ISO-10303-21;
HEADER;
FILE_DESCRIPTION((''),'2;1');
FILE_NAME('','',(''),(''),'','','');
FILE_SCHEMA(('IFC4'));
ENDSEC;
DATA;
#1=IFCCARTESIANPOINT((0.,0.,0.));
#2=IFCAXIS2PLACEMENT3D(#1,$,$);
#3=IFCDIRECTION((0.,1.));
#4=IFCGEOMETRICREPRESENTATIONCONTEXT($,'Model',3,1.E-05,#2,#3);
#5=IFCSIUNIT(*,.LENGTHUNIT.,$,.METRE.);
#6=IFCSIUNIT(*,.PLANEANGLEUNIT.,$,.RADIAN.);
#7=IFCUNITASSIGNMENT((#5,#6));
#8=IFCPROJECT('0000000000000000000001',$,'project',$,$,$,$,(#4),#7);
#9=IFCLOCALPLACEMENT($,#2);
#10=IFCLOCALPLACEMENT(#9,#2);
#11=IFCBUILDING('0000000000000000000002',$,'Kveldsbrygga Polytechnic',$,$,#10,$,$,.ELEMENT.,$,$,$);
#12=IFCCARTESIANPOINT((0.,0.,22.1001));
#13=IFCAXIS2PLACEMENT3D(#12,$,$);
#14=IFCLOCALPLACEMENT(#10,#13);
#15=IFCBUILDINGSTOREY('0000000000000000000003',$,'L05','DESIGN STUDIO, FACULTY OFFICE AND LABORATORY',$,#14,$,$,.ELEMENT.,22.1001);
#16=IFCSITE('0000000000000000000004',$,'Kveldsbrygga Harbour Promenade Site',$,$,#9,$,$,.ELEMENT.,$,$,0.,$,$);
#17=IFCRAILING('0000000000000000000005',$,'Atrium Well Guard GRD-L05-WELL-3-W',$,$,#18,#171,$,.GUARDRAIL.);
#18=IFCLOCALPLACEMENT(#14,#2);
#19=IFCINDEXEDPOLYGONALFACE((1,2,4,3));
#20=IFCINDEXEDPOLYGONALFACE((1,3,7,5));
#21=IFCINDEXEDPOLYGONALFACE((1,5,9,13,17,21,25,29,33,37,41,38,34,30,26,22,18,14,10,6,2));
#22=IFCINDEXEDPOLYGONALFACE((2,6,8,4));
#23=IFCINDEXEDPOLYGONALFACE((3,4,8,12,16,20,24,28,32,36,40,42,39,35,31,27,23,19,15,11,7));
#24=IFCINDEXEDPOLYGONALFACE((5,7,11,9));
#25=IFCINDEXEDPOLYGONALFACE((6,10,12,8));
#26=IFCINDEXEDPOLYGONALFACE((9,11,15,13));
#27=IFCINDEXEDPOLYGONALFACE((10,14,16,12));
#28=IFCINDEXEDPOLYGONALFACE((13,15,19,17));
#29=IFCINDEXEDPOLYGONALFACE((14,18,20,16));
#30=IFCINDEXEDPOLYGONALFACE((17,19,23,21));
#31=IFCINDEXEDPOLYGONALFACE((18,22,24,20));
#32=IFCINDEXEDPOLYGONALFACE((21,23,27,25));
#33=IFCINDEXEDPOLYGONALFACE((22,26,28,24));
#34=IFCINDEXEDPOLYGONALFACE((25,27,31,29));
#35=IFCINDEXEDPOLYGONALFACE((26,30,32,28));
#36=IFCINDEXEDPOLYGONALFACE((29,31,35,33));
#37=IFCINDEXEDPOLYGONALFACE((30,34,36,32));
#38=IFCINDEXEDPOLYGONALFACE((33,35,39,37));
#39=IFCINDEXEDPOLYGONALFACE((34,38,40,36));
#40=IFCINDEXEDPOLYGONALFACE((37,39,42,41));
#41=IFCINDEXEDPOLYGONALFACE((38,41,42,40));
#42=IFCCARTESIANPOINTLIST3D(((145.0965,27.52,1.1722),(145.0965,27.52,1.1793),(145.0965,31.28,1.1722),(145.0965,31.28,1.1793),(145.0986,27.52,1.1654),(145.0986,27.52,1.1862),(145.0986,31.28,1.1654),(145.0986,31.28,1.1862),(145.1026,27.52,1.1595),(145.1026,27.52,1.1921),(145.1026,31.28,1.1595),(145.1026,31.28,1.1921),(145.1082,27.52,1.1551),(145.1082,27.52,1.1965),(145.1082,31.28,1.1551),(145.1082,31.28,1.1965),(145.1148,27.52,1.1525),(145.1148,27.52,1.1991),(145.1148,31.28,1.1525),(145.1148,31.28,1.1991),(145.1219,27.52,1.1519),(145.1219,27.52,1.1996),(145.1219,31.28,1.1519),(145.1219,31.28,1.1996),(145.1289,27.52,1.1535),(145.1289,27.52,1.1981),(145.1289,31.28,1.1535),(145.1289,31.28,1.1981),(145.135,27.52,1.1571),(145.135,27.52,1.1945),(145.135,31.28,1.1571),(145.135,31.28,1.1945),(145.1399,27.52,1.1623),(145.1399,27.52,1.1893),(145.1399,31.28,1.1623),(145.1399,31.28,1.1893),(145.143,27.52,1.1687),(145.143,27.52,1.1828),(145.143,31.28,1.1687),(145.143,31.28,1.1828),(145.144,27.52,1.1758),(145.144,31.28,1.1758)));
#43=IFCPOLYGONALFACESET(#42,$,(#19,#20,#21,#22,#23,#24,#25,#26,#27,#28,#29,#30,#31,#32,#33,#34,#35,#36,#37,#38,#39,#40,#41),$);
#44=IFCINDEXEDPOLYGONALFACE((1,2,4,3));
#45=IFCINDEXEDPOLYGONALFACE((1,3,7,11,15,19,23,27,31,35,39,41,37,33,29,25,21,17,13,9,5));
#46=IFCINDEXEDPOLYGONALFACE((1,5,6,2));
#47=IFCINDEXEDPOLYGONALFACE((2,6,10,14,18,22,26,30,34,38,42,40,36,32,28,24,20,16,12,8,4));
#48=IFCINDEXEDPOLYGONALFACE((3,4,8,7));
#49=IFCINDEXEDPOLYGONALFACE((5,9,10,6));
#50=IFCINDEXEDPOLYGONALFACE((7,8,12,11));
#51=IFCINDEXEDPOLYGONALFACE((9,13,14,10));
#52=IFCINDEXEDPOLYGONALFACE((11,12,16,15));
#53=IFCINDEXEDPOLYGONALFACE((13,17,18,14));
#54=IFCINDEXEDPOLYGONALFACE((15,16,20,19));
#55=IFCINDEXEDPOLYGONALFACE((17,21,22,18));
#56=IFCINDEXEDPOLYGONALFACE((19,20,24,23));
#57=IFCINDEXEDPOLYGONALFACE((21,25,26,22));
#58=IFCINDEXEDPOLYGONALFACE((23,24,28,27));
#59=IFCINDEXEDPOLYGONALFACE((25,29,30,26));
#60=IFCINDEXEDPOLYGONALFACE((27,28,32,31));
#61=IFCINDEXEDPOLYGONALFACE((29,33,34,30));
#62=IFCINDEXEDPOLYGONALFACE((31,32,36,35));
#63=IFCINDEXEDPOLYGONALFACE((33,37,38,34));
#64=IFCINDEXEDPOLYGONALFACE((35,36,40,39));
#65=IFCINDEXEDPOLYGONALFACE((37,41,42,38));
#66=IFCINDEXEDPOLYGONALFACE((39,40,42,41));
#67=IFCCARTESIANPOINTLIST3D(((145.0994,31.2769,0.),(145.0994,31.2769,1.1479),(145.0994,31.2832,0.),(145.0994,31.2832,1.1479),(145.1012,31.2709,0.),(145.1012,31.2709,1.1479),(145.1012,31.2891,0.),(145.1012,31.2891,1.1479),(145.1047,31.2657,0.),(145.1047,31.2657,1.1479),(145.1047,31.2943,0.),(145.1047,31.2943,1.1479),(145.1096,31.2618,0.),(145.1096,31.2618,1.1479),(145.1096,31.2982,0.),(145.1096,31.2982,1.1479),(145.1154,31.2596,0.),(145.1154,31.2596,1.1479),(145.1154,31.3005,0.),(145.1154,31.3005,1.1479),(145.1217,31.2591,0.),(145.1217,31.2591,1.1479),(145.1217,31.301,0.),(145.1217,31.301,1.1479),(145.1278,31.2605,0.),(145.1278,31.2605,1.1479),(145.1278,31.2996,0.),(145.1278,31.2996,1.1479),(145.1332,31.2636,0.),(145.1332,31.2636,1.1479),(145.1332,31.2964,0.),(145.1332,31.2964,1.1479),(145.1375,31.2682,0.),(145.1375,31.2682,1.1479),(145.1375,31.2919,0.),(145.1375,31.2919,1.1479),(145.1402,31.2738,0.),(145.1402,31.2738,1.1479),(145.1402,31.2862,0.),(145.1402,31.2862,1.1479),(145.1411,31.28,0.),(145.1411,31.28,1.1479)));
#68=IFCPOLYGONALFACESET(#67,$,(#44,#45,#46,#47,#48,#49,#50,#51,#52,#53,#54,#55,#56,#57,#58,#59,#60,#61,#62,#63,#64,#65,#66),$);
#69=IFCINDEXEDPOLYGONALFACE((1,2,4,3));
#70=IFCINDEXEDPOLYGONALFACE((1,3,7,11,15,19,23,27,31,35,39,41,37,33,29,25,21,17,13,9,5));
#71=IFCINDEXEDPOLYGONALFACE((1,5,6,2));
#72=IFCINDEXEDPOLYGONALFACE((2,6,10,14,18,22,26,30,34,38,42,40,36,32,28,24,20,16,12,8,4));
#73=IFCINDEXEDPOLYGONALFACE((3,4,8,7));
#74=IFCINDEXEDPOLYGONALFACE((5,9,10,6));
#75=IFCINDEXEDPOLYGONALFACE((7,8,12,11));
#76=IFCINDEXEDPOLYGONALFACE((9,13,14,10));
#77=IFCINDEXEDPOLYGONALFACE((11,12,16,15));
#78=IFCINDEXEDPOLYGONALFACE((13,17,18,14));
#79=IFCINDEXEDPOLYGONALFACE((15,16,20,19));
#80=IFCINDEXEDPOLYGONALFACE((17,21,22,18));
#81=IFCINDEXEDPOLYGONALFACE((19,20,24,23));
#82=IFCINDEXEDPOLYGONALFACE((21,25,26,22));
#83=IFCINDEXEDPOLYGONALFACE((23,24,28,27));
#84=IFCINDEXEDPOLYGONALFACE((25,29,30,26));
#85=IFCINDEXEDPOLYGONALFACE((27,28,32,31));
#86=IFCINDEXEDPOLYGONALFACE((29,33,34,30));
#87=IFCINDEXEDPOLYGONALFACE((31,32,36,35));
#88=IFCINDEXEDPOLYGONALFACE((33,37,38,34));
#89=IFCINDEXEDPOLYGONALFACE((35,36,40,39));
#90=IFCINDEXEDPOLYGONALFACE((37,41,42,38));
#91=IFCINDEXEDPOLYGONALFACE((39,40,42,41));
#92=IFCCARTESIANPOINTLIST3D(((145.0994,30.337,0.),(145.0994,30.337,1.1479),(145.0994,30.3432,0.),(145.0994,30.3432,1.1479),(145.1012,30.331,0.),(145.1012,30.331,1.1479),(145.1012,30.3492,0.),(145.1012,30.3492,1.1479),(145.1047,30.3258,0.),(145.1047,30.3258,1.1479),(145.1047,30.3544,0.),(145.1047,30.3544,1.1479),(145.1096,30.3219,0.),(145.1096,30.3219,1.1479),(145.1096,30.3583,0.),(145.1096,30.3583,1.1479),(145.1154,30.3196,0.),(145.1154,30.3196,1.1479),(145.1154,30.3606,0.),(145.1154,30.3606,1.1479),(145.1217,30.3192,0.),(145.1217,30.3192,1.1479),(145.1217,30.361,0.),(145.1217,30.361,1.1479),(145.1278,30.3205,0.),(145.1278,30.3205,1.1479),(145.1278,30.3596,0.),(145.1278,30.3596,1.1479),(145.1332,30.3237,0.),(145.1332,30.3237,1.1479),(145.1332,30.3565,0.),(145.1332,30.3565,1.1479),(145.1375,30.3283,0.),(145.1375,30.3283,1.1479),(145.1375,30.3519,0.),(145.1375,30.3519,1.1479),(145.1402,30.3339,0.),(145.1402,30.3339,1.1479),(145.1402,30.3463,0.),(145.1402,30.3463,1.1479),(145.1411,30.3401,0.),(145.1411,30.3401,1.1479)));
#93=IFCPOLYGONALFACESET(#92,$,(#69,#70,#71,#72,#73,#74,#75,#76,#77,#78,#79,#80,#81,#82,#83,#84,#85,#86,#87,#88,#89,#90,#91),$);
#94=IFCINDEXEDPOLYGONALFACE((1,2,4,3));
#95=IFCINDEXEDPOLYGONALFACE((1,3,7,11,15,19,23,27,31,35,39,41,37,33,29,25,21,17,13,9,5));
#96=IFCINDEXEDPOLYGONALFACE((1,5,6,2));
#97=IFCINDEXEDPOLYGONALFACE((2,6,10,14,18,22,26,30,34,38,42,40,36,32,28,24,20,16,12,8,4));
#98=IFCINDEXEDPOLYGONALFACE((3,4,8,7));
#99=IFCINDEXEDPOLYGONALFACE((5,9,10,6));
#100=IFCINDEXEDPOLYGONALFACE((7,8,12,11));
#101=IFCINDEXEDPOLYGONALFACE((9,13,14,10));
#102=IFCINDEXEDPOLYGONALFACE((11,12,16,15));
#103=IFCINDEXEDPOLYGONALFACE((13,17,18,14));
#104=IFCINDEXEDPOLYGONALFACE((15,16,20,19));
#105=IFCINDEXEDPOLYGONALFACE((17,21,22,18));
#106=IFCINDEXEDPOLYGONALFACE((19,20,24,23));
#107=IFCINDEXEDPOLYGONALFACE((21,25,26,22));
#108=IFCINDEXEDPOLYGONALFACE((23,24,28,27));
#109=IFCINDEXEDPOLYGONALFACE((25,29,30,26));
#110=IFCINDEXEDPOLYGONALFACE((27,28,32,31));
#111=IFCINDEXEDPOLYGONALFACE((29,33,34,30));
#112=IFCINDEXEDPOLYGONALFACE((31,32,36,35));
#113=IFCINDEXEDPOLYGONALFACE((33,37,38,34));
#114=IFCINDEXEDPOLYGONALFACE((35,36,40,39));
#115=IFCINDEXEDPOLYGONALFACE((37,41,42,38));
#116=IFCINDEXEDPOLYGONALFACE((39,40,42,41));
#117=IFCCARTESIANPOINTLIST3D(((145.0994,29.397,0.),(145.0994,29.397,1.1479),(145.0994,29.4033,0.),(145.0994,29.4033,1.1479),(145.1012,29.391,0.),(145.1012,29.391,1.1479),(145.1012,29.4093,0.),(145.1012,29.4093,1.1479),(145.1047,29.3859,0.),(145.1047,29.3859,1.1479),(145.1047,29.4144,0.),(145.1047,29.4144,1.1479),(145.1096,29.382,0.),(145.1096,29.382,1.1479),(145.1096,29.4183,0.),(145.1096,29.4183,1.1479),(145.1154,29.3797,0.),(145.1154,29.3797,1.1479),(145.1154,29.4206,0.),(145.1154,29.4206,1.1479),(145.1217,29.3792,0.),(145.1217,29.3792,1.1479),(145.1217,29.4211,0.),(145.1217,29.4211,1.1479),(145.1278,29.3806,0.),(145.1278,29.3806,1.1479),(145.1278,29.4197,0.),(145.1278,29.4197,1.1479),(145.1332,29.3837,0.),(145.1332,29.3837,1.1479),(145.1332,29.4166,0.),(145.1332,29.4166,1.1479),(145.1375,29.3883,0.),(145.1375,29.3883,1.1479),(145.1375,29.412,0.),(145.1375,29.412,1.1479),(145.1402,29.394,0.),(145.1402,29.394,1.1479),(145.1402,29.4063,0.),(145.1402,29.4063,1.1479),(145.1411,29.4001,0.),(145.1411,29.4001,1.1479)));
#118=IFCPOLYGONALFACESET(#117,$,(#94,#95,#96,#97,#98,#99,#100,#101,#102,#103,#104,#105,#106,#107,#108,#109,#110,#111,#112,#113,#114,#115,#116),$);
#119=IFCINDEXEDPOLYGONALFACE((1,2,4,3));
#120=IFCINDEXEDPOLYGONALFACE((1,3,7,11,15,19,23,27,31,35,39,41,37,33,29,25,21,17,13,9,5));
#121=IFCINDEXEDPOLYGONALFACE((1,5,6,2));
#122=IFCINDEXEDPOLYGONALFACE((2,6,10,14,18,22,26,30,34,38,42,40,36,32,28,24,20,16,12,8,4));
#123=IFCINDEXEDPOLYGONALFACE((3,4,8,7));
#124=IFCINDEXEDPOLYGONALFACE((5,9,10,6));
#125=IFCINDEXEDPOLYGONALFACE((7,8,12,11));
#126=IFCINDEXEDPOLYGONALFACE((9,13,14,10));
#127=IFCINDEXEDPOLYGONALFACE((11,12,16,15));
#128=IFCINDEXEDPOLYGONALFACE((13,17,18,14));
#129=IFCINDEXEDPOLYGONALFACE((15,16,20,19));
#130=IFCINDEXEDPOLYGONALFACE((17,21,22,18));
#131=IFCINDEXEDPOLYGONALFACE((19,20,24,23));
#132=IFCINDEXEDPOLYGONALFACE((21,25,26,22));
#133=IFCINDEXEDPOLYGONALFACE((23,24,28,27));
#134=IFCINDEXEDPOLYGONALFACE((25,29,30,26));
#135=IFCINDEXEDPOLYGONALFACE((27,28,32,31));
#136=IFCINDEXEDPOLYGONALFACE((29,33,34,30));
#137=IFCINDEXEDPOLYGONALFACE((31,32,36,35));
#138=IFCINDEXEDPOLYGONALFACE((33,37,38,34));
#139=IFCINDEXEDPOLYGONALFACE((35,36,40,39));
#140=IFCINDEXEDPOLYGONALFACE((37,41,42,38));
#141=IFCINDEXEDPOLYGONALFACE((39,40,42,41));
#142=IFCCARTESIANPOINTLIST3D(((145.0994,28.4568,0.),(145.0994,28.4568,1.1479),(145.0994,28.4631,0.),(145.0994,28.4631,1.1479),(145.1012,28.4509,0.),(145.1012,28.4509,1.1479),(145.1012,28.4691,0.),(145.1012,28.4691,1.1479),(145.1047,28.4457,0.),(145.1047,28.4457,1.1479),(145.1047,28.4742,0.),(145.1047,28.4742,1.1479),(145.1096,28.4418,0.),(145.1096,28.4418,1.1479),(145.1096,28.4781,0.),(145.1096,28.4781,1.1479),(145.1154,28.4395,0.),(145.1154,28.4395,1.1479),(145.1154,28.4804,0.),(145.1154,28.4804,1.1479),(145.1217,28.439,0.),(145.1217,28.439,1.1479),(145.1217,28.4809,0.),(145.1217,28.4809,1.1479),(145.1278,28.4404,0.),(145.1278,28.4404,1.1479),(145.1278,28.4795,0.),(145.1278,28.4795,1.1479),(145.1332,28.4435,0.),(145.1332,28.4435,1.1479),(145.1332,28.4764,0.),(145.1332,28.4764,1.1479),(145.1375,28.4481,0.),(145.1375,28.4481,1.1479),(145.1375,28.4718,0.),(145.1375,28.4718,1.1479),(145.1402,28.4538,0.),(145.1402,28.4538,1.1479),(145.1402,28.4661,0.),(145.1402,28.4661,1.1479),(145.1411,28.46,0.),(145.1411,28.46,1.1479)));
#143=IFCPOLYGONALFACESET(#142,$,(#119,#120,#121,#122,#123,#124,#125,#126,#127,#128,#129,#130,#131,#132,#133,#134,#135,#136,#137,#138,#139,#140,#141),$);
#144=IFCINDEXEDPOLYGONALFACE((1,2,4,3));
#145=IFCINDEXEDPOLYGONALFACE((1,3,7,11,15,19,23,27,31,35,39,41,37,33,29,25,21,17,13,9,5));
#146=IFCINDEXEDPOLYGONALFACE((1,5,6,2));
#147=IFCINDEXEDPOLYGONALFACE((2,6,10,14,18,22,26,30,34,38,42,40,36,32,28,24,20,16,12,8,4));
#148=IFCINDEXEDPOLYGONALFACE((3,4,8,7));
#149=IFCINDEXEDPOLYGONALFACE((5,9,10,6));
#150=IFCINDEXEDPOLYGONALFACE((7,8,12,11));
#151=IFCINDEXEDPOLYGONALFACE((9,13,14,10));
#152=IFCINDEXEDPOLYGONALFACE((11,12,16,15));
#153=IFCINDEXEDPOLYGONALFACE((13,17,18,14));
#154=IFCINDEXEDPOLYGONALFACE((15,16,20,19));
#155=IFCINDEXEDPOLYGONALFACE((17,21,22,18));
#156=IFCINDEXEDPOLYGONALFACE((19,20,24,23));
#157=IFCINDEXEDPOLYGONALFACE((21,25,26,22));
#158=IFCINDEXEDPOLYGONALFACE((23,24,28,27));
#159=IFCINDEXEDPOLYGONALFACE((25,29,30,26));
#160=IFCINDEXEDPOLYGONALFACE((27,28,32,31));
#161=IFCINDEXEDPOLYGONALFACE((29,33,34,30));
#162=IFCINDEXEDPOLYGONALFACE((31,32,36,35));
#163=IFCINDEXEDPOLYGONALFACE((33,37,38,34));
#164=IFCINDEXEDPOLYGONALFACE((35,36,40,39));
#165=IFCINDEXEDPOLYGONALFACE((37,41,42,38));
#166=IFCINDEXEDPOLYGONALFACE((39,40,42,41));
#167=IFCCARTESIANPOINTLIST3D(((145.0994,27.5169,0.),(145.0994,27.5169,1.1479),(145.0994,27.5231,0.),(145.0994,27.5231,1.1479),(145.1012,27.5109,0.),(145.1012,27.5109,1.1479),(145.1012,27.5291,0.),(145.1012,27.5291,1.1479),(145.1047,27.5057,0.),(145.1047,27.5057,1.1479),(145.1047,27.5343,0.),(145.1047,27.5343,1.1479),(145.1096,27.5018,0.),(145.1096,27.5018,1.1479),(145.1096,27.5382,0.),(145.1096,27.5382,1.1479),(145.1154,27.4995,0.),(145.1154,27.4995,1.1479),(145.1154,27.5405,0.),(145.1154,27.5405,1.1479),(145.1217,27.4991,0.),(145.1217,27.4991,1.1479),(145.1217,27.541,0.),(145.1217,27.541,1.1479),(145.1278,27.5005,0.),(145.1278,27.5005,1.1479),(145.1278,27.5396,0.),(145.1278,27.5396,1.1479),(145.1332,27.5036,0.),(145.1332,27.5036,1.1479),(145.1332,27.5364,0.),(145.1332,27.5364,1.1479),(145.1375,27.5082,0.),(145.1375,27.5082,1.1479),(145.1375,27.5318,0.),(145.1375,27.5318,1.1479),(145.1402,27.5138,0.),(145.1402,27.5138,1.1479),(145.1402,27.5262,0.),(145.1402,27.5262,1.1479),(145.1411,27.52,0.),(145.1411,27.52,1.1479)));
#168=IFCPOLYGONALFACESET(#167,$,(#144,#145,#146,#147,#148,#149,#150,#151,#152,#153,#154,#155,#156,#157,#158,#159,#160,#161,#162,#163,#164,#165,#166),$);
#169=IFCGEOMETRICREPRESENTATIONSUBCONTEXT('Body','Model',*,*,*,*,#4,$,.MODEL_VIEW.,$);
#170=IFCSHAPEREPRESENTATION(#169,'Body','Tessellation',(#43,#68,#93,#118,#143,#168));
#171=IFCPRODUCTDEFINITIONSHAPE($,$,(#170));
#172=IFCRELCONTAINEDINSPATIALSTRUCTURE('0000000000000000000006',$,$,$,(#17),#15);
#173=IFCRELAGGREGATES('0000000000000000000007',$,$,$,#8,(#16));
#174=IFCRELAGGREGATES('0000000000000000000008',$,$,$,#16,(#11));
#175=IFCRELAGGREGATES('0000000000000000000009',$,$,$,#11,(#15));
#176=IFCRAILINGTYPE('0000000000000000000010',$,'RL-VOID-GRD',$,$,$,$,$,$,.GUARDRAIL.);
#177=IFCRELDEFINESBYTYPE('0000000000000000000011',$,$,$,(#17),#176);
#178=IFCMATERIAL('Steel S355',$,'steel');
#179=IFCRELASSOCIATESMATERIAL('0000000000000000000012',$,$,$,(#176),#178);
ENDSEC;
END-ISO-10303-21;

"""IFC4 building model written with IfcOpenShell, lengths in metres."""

from ifc_helpers import new_model, si_unit, direction, frame, origin, origin_2d, place, context, subcontext, project, spatial, circle, extrude, material, type_object, element, save


model = new_model("IFC4")

# Units and contexts
model_context = context("Model", 3, precision=1e-05, world=origin(), true_north=direction((0.0, 1.0)))
body_context = subcontext(model_context, "Body", "Model", "MODEL_VIEW")
ifc_project = project(units=[si_unit("LENGTHUNIT", "METRE"), si_unit("PLANEANGLEUNIT", "RADIAN")], contexts=[model_context])

# Site, building, storey
site_placement = place(None, origin())
site = spatial("IfcSite", under=ifc_project, at=site_placement, Name="Kveldsbrygga Harbour Promenade Site", CompositionType="ELEMENT", RefElevation=0.0)
building_placement = place(site_placement, origin())
building = spatial("IfcBuilding", under=site, at=building_placement, Name="Kveldsbrygga Polytechnic", CompositionType="ELEMENT")
storey_placement = place(building_placement, frame((0.0, 0.0, 22.1001)))
storey = spatial("IfcBuildingStorey", under=building, at=storey_placement, Name="L05", Description="DESIGN STUDIO, FACULTY OFFICE AND LABORATORY", CompositionType="ELEMENT", Elevation=22.1001)

# Shared definitions
ifc_material_1 = material(Name="Steel S355", Category="steel")

# Railing
railing_type = type_object("IfcRailingType", Name="RL-VOID-GRD", PredefinedType="GUARDRAIL", material=ifc_material_1)
railing_1_placement = place(storey_placement, frame((145.1201, 31.28, 0.0)))
element("IfcRailing", 1, at=railing_1_placement, inside=storey, type_object=railing_type, Name="Atrium Well Guard GRD-L05-WELL-3-W", PredefinedType="GUARDRAIL", context=body_context, shape_type="SweptSolid", body=[
    extrude(circle(Radius=0.0239, at=origin_2d()), frame((0.0, 0.0, 1.1758), z_axis=(0.0, -1.0, 0.0), x_axis=(1.0, 0.0, 0.0)), (0.0, 0.0, 1.0), 3.76),
    extrude(circle(Radius=0.021, at=origin_2d()), origin(), (0.0, 0.0, 1.0), 1.1479),
    extrude(circle(Radius=0.021, at=origin_2d()), frame((0.0, -0.9399, 0.0)), (0.0, 0.0, 1.0), 1.1479),
    extrude(circle(Radius=0.021, at=origin_2d()), frame((0.0, -1.8799, 0.0)), (0.0, 0.0, 1.0), 1.1479),
    extrude(circle(Radius=0.021, at=origin_2d()), frame((0.0, -2.8201, 0.0)), (0.0, 0.0, 1.0), 1.1479),
    extrude(circle(Radius=0.021, at=origin_2d()), frame((0.0, -3.76, 0.0)), (0.0, 0.0, 1.0), 1.1479),
])

save(model, "model.ifc")
